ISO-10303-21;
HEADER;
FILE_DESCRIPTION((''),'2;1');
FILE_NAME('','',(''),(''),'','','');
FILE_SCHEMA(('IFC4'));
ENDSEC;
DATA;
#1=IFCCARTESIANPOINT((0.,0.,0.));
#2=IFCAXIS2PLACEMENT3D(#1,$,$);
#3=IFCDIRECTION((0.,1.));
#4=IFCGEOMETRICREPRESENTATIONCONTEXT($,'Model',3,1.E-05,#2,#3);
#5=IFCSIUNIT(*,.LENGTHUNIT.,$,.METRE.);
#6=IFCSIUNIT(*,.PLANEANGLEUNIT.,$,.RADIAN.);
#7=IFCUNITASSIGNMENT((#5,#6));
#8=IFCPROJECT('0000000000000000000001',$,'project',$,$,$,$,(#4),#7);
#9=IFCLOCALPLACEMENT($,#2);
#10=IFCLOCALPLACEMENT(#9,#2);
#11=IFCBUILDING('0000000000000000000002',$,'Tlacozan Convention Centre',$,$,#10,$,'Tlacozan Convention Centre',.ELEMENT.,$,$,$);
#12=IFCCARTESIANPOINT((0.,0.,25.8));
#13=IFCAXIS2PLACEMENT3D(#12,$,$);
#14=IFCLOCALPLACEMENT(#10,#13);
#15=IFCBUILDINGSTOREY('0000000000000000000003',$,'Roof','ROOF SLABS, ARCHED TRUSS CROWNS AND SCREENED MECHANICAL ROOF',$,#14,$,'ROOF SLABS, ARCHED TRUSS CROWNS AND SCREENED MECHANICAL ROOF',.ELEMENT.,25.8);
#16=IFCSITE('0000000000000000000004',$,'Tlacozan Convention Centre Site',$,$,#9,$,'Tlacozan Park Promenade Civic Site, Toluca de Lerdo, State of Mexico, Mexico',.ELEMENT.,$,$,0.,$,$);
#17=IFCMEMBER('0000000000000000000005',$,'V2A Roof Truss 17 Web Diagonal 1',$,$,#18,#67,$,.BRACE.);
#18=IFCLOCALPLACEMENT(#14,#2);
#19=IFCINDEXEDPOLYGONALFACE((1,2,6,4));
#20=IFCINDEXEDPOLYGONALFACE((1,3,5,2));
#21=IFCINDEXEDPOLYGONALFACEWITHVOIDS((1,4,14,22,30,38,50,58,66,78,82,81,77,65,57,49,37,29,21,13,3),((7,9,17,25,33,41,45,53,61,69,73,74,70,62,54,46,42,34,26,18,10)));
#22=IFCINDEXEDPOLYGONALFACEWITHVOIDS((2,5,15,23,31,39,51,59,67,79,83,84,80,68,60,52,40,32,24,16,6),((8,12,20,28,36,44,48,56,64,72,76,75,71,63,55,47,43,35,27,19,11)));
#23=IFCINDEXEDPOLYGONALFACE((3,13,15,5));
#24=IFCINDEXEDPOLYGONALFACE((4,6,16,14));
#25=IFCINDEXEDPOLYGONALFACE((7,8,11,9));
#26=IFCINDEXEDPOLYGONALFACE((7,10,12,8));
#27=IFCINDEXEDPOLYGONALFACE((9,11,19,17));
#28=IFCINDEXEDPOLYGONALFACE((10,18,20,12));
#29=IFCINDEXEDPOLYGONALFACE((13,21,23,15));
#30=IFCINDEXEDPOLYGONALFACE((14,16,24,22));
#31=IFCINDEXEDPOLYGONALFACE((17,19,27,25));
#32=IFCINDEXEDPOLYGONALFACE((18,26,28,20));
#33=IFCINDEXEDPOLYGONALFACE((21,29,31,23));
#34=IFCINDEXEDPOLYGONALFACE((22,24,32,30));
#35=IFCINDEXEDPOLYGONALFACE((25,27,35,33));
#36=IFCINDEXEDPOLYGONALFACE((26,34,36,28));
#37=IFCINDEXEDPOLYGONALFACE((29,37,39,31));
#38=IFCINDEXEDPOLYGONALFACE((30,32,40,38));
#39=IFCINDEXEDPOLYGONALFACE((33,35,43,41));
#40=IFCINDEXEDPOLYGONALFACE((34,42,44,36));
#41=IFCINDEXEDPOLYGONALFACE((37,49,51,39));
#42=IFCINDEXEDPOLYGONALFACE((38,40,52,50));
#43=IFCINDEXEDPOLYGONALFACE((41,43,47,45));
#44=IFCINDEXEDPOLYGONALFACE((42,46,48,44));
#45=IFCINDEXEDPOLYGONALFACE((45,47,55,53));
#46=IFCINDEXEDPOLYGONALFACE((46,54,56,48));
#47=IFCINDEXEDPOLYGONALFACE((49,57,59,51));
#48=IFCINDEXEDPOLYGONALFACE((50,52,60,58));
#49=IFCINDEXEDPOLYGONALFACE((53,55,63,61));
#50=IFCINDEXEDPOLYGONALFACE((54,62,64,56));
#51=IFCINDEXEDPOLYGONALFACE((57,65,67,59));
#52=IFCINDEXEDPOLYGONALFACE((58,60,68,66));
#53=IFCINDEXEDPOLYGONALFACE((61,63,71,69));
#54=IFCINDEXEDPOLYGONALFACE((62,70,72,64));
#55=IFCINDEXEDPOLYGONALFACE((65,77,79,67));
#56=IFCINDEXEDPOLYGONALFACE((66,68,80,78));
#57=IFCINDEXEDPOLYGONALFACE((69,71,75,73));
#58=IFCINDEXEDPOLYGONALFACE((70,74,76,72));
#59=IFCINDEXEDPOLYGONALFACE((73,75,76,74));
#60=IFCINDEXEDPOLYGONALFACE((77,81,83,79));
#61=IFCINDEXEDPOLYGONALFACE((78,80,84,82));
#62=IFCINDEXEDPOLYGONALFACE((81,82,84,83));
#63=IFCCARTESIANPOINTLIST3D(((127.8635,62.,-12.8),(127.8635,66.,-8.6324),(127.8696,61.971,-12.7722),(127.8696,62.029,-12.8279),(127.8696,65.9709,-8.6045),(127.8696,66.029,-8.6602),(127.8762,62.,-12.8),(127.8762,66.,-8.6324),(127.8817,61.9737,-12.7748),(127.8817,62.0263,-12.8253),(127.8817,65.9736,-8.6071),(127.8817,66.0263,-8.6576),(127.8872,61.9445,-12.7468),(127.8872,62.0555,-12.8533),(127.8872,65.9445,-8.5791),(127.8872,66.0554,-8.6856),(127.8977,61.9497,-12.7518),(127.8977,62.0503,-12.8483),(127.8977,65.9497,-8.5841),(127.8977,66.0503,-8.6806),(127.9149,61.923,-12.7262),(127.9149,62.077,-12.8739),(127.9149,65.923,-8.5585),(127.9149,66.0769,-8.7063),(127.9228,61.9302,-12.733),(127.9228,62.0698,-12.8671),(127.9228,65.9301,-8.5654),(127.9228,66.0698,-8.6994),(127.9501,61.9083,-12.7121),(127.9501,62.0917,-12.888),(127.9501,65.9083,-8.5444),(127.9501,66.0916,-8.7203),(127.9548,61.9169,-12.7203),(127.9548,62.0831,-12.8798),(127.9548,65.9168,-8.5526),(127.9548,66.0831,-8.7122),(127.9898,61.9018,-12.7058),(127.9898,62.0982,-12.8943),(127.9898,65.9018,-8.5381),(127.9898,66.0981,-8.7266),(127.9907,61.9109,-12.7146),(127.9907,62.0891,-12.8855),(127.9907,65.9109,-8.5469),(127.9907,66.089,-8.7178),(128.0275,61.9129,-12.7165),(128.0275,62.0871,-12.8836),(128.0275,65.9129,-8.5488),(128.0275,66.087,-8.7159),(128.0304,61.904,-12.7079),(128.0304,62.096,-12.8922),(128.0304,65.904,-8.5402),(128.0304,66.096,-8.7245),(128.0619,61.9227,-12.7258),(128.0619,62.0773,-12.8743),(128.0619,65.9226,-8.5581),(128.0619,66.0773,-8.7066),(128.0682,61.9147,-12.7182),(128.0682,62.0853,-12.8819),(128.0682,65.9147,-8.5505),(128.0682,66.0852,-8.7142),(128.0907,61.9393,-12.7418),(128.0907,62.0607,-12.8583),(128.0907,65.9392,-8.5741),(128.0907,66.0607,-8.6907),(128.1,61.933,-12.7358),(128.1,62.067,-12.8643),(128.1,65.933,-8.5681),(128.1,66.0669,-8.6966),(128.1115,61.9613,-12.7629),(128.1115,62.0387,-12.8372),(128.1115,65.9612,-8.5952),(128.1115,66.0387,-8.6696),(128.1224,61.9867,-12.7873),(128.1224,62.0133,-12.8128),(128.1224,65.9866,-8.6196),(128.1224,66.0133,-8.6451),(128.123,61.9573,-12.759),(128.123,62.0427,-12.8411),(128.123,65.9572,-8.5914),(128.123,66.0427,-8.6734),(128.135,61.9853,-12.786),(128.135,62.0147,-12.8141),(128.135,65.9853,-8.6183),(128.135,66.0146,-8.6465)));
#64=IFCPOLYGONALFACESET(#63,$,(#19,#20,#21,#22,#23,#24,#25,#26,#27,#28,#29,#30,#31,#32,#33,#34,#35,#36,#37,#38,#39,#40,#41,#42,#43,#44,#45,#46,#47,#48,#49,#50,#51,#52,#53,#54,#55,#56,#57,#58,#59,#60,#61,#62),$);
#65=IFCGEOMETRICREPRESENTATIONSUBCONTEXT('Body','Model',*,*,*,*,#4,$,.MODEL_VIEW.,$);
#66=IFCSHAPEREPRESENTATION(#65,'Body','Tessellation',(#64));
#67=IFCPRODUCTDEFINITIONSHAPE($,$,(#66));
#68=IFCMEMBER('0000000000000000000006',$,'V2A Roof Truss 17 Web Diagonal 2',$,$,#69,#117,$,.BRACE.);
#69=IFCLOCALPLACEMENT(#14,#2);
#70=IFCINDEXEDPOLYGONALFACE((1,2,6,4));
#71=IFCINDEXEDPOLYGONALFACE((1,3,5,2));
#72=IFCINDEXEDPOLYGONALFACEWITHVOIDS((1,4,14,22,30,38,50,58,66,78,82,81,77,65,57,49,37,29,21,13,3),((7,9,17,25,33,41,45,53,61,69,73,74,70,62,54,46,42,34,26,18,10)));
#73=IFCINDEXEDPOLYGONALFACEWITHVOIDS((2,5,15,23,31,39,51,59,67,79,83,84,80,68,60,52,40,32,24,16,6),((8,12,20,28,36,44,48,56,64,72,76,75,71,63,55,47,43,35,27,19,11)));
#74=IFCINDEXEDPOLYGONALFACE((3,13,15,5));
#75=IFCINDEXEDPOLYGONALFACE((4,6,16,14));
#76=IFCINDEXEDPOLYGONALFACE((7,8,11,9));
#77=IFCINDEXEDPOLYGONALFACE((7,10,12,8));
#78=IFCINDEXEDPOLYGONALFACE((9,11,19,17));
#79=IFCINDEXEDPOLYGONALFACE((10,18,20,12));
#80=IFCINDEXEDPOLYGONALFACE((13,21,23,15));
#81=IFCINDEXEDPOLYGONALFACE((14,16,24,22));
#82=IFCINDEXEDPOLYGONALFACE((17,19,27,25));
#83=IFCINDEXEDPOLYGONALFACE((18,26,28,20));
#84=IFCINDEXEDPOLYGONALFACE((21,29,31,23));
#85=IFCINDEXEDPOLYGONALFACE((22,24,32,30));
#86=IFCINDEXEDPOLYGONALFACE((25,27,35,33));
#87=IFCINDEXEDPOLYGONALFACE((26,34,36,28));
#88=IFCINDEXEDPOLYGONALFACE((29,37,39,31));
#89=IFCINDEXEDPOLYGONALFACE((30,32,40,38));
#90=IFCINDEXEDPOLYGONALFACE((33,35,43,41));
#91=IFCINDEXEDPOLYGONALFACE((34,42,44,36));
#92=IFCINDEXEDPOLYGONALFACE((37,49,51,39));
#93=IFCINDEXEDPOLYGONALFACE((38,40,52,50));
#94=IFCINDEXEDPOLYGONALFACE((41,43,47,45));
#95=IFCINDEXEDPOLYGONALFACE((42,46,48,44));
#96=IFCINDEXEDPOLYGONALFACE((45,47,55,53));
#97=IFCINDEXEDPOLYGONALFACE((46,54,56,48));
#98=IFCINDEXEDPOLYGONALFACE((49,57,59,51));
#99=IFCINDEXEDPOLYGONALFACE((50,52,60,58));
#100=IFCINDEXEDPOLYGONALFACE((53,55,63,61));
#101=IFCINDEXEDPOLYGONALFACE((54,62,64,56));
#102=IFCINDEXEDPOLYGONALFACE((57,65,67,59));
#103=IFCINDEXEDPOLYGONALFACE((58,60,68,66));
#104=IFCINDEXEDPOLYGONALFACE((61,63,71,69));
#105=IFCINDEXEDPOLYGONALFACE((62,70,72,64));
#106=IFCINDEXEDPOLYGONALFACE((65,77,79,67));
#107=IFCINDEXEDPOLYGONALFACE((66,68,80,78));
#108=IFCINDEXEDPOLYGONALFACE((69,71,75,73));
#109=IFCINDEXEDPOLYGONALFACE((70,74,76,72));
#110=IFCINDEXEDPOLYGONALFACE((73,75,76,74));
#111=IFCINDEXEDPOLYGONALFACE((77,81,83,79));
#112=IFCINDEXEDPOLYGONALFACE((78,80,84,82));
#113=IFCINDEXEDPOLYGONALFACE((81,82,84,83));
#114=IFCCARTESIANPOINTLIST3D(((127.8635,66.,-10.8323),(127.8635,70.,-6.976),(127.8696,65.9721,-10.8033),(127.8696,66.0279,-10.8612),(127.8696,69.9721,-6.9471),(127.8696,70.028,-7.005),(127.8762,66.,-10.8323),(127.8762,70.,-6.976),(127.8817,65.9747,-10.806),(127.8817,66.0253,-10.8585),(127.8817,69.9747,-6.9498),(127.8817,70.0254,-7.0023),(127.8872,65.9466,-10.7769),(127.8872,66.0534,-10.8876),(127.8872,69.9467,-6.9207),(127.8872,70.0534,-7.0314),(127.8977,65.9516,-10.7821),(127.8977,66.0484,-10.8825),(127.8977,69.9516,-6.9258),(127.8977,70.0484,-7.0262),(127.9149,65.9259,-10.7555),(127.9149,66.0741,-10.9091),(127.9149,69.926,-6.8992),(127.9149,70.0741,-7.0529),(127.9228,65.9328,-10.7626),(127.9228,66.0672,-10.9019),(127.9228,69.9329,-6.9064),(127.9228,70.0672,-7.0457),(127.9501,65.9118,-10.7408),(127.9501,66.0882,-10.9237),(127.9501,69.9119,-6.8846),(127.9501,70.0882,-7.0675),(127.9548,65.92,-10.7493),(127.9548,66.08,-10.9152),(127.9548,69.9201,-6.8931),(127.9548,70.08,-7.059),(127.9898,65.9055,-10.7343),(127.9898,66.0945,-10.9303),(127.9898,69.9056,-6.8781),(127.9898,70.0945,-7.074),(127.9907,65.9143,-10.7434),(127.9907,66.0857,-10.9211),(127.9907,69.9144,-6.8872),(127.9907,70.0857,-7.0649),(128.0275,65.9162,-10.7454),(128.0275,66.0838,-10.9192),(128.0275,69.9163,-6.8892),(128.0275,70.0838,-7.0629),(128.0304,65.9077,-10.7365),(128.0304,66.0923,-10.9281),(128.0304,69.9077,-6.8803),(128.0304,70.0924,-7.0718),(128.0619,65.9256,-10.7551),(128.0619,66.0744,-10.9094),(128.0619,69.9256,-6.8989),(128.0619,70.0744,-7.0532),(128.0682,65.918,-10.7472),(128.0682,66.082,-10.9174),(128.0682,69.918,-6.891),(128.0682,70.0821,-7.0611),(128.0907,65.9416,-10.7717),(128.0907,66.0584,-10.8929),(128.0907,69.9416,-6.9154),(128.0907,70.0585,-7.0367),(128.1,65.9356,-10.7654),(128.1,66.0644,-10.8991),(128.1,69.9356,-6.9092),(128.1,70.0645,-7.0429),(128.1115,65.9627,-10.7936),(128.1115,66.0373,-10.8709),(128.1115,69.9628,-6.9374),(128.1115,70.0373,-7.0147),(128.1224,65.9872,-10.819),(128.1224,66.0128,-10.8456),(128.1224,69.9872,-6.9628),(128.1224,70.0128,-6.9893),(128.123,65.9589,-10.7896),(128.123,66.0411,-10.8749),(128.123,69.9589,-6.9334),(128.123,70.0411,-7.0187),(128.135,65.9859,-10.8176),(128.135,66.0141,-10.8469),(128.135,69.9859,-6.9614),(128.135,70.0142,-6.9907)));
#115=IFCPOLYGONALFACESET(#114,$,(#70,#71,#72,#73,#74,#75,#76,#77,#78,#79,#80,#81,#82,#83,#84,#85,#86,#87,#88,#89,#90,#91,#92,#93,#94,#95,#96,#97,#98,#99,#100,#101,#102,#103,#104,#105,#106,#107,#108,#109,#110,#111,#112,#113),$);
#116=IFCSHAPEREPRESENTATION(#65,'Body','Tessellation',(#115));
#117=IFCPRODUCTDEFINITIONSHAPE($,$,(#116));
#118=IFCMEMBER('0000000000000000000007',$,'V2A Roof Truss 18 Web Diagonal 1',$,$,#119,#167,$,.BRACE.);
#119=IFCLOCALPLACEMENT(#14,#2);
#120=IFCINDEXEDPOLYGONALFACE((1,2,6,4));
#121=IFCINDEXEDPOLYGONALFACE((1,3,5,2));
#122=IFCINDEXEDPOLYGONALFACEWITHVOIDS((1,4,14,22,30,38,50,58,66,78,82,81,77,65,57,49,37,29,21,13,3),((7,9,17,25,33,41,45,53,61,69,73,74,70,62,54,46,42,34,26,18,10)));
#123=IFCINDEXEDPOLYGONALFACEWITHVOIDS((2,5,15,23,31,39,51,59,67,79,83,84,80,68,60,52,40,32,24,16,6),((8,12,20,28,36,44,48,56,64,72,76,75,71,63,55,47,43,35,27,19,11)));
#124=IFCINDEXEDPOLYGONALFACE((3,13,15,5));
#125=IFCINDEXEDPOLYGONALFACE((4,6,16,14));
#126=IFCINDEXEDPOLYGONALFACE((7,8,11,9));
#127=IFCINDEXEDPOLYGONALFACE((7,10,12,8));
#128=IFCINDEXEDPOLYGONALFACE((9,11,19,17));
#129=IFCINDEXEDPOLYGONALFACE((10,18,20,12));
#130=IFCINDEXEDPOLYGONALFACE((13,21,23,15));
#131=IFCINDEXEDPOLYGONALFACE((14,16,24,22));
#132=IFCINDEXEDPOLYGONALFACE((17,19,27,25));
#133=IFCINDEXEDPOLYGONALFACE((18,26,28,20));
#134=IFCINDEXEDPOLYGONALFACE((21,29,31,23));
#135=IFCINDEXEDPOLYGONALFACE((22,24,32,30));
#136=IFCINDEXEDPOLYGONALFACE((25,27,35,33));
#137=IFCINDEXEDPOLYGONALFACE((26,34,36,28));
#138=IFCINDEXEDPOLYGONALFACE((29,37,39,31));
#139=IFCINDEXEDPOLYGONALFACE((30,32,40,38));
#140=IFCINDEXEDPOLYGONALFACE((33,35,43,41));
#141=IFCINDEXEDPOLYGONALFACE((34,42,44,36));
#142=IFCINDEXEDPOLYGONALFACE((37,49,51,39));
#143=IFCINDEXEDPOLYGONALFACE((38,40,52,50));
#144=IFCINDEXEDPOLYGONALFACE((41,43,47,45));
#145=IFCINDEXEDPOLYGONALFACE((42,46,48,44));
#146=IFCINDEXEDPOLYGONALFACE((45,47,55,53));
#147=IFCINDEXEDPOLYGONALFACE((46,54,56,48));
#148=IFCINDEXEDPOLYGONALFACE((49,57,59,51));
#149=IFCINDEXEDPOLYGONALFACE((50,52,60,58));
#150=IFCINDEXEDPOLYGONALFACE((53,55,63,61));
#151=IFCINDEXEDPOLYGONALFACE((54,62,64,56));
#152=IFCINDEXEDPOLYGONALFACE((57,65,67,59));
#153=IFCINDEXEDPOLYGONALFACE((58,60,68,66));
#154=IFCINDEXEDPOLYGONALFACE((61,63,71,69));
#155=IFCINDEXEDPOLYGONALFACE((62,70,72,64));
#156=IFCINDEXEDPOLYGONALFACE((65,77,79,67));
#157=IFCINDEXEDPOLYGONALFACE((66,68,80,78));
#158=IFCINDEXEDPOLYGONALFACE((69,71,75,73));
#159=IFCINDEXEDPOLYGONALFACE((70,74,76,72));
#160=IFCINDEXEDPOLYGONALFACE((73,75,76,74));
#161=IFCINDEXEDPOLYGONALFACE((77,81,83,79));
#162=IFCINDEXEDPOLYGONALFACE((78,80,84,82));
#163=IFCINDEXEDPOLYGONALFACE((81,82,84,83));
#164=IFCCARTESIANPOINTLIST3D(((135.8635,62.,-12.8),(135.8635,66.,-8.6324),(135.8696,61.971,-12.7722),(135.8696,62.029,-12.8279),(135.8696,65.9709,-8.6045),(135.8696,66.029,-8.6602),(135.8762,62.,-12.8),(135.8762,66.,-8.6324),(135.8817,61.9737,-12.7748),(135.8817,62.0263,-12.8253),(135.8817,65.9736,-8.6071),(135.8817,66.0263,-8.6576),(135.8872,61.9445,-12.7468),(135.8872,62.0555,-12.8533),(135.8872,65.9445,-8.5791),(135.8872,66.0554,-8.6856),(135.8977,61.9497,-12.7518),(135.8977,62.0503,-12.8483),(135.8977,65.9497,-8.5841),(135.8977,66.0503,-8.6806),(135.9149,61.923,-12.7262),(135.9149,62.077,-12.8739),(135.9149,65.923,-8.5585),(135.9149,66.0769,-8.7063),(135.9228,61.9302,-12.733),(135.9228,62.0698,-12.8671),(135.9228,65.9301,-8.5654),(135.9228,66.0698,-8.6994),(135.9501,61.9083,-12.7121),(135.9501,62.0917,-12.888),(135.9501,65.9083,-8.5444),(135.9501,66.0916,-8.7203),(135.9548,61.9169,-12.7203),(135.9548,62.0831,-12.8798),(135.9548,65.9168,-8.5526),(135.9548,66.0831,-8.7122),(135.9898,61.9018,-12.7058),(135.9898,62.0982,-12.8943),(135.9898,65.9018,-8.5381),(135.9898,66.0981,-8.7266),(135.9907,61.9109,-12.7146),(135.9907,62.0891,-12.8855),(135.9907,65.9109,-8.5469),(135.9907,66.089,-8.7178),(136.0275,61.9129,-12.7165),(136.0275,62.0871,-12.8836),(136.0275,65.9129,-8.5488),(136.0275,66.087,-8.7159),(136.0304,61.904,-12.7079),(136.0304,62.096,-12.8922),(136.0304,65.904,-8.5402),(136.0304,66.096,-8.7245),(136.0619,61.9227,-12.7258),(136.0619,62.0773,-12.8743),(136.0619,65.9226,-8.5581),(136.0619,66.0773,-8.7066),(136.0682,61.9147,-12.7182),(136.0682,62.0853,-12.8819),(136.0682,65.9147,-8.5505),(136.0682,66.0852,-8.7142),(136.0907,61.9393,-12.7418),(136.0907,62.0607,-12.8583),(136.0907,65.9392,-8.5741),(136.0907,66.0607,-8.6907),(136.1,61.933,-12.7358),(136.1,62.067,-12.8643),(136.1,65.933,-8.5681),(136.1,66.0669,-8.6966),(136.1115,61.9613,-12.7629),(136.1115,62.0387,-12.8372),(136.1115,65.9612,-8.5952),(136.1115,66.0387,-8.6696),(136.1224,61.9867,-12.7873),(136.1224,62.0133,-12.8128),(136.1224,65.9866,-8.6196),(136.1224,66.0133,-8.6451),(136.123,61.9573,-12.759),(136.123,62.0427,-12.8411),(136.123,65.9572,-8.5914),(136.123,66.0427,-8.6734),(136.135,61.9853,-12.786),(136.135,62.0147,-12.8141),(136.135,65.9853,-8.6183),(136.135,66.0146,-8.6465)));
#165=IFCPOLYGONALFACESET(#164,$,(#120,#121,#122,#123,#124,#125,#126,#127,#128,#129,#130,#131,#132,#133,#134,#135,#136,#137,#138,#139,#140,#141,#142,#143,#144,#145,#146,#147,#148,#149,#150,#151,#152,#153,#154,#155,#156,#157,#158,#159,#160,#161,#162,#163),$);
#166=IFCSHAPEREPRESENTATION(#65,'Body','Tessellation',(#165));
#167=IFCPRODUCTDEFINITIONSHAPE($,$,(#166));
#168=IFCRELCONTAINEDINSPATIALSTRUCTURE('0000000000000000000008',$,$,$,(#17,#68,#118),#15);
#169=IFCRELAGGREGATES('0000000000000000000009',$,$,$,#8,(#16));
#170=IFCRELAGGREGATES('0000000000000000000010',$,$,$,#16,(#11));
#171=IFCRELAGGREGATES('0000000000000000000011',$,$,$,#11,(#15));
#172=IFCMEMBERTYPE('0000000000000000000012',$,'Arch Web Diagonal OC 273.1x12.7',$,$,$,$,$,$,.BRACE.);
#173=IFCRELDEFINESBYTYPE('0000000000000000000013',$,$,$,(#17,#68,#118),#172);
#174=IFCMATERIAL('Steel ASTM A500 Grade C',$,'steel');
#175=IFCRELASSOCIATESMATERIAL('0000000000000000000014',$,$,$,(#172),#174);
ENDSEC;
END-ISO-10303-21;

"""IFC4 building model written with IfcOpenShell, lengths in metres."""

from ifc_helpers import new_model, si_unit, direction, frame, origin, origin_2d, place, context, subcontext, project, spatial, hollow_circle, extrude, material, material_profile, profile_set, type_object, element, save


model = new_model("IFC4")

# Units and contexts
model_context = context("Model", 3, precision=1e-05, world=origin(), true_north=direction((0.0, 1.0)))
body_context = subcontext(model_context, "Body", "Model", "MODEL_VIEW")
ifc_project = project(units=[si_unit("LENGTHUNIT", "METRE"), si_unit("PLANEANGLEUNIT", "RADIAN")], contexts=[model_context])

# Site, building, storey
site_placement = place(None, origin())
site = spatial("IfcSite", under=ifc_project, at=site_placement, Name="Tlacozan Convention Centre Site", LongName="Tlacozan Park Promenade Civic Site, Toluca de Lerdo, State of Mexico, Mexico", CompositionType="ELEMENT", RefElevation=0.0)
building_placement = place(site_placement, origin())
building = spatial("IfcBuilding", under=site, at=building_placement, Name="Tlacozan Convention Centre", LongName="Tlacozan Convention Centre", CompositionType="ELEMENT")
storey_placement = place(building_placement, frame((0.0, 0.0, 25.8)))
storey = spatial("IfcBuildingStorey", under=building, at=storey_placement, Name="Roof", Description="ROOF SLABS, ARCHED TRUSS CROWNS AND SCREENED MECHANICAL ROOF", LongName="ROOF SLABS, ARCHED TRUSS CROWNS AND SCREENED MECHANICAL ROOF", CompositionType="ELEMENT", Elevation=25.8)

# Members
ifc_material_1 = material(Name="Steel ASTM A500 Grade C", Category="steel")
ifc_material_profile_1 = material_profile(ifc_material_1, hollow_circle(Radius=0.1365, WallThickness=0.0127, at=origin_2d()), Name="OC 273.1x12.7")
ifc_profile_set_1 = profile_set([ifc_material_profile_1], Name="Steel ASTM A500 Grade C")
member_type_1 = type_object("IfcMemberType", Name="Arch Web Diagonal OC 273.1x12.7", PredefinedType="BRACE", material=ifc_profile_set_1)
member_1_placement = place(storey_placement, frame((128.0, 62.0, -12.8), z_axis=(0.0, 0.69244, 0.721475), x_axis=(-1.0, 0.0, 0.0)))
element("IfcMember", 1, at=member_1_placement, inside=storey, type_object=member_type_1, Name="V2A Roof Truss 17 Web Diagonal 1", PredefinedType="BRACE", context=body_context, shape_type="SweptSolid", body=[
    extrude(hollow_circle(Radius=0.1365, WallThickness=0.0127, at=origin_2d()), origin(), (0.0, 0.0, 1.0), 5.7766),
])
member_2_placement = place(storey_placement, frame((128.0, 66.0, -10.8323), z_axis=(0.0, 0.719929, 0.694048), x_axis=(-1.0, 0.0, 0.0)))
element("IfcMember", 2, at=member_2_placement, inside=storey, type_object=member_type_1, Name="V2A Roof Truss 17 Web Diagonal 2", PredefinedType="BRACE", context=body_context, shape_type="SweptSolid", body=[
    extrude(hollow_circle(Radius=0.1365, WallThickness=0.0127, at=origin_2d()), origin(), (0.0, 0.0, 1.0), 5.5562),
])
member_3_placement = place(storey_placement, frame((136.0, 62.0, -12.8), z_axis=(0.0, 0.69244, 0.721475), x_axis=(-1.0, 0.0, 0.0)))
element("IfcMember", 3, at=member_3_placement, inside=storey, type_object=member_type_1, Name="V2A Roof Truss 18 Web Diagonal 1", PredefinedType="BRACE", context=body_context, shape_type="SweptSolid", body=[
    extrude(hollow_circle(Radius=0.1365, WallThickness=0.0127, at=origin_2d()), origin(), (0.0, 0.0, 1.0), 5.7766),
])

save(model, "model.ifc")
